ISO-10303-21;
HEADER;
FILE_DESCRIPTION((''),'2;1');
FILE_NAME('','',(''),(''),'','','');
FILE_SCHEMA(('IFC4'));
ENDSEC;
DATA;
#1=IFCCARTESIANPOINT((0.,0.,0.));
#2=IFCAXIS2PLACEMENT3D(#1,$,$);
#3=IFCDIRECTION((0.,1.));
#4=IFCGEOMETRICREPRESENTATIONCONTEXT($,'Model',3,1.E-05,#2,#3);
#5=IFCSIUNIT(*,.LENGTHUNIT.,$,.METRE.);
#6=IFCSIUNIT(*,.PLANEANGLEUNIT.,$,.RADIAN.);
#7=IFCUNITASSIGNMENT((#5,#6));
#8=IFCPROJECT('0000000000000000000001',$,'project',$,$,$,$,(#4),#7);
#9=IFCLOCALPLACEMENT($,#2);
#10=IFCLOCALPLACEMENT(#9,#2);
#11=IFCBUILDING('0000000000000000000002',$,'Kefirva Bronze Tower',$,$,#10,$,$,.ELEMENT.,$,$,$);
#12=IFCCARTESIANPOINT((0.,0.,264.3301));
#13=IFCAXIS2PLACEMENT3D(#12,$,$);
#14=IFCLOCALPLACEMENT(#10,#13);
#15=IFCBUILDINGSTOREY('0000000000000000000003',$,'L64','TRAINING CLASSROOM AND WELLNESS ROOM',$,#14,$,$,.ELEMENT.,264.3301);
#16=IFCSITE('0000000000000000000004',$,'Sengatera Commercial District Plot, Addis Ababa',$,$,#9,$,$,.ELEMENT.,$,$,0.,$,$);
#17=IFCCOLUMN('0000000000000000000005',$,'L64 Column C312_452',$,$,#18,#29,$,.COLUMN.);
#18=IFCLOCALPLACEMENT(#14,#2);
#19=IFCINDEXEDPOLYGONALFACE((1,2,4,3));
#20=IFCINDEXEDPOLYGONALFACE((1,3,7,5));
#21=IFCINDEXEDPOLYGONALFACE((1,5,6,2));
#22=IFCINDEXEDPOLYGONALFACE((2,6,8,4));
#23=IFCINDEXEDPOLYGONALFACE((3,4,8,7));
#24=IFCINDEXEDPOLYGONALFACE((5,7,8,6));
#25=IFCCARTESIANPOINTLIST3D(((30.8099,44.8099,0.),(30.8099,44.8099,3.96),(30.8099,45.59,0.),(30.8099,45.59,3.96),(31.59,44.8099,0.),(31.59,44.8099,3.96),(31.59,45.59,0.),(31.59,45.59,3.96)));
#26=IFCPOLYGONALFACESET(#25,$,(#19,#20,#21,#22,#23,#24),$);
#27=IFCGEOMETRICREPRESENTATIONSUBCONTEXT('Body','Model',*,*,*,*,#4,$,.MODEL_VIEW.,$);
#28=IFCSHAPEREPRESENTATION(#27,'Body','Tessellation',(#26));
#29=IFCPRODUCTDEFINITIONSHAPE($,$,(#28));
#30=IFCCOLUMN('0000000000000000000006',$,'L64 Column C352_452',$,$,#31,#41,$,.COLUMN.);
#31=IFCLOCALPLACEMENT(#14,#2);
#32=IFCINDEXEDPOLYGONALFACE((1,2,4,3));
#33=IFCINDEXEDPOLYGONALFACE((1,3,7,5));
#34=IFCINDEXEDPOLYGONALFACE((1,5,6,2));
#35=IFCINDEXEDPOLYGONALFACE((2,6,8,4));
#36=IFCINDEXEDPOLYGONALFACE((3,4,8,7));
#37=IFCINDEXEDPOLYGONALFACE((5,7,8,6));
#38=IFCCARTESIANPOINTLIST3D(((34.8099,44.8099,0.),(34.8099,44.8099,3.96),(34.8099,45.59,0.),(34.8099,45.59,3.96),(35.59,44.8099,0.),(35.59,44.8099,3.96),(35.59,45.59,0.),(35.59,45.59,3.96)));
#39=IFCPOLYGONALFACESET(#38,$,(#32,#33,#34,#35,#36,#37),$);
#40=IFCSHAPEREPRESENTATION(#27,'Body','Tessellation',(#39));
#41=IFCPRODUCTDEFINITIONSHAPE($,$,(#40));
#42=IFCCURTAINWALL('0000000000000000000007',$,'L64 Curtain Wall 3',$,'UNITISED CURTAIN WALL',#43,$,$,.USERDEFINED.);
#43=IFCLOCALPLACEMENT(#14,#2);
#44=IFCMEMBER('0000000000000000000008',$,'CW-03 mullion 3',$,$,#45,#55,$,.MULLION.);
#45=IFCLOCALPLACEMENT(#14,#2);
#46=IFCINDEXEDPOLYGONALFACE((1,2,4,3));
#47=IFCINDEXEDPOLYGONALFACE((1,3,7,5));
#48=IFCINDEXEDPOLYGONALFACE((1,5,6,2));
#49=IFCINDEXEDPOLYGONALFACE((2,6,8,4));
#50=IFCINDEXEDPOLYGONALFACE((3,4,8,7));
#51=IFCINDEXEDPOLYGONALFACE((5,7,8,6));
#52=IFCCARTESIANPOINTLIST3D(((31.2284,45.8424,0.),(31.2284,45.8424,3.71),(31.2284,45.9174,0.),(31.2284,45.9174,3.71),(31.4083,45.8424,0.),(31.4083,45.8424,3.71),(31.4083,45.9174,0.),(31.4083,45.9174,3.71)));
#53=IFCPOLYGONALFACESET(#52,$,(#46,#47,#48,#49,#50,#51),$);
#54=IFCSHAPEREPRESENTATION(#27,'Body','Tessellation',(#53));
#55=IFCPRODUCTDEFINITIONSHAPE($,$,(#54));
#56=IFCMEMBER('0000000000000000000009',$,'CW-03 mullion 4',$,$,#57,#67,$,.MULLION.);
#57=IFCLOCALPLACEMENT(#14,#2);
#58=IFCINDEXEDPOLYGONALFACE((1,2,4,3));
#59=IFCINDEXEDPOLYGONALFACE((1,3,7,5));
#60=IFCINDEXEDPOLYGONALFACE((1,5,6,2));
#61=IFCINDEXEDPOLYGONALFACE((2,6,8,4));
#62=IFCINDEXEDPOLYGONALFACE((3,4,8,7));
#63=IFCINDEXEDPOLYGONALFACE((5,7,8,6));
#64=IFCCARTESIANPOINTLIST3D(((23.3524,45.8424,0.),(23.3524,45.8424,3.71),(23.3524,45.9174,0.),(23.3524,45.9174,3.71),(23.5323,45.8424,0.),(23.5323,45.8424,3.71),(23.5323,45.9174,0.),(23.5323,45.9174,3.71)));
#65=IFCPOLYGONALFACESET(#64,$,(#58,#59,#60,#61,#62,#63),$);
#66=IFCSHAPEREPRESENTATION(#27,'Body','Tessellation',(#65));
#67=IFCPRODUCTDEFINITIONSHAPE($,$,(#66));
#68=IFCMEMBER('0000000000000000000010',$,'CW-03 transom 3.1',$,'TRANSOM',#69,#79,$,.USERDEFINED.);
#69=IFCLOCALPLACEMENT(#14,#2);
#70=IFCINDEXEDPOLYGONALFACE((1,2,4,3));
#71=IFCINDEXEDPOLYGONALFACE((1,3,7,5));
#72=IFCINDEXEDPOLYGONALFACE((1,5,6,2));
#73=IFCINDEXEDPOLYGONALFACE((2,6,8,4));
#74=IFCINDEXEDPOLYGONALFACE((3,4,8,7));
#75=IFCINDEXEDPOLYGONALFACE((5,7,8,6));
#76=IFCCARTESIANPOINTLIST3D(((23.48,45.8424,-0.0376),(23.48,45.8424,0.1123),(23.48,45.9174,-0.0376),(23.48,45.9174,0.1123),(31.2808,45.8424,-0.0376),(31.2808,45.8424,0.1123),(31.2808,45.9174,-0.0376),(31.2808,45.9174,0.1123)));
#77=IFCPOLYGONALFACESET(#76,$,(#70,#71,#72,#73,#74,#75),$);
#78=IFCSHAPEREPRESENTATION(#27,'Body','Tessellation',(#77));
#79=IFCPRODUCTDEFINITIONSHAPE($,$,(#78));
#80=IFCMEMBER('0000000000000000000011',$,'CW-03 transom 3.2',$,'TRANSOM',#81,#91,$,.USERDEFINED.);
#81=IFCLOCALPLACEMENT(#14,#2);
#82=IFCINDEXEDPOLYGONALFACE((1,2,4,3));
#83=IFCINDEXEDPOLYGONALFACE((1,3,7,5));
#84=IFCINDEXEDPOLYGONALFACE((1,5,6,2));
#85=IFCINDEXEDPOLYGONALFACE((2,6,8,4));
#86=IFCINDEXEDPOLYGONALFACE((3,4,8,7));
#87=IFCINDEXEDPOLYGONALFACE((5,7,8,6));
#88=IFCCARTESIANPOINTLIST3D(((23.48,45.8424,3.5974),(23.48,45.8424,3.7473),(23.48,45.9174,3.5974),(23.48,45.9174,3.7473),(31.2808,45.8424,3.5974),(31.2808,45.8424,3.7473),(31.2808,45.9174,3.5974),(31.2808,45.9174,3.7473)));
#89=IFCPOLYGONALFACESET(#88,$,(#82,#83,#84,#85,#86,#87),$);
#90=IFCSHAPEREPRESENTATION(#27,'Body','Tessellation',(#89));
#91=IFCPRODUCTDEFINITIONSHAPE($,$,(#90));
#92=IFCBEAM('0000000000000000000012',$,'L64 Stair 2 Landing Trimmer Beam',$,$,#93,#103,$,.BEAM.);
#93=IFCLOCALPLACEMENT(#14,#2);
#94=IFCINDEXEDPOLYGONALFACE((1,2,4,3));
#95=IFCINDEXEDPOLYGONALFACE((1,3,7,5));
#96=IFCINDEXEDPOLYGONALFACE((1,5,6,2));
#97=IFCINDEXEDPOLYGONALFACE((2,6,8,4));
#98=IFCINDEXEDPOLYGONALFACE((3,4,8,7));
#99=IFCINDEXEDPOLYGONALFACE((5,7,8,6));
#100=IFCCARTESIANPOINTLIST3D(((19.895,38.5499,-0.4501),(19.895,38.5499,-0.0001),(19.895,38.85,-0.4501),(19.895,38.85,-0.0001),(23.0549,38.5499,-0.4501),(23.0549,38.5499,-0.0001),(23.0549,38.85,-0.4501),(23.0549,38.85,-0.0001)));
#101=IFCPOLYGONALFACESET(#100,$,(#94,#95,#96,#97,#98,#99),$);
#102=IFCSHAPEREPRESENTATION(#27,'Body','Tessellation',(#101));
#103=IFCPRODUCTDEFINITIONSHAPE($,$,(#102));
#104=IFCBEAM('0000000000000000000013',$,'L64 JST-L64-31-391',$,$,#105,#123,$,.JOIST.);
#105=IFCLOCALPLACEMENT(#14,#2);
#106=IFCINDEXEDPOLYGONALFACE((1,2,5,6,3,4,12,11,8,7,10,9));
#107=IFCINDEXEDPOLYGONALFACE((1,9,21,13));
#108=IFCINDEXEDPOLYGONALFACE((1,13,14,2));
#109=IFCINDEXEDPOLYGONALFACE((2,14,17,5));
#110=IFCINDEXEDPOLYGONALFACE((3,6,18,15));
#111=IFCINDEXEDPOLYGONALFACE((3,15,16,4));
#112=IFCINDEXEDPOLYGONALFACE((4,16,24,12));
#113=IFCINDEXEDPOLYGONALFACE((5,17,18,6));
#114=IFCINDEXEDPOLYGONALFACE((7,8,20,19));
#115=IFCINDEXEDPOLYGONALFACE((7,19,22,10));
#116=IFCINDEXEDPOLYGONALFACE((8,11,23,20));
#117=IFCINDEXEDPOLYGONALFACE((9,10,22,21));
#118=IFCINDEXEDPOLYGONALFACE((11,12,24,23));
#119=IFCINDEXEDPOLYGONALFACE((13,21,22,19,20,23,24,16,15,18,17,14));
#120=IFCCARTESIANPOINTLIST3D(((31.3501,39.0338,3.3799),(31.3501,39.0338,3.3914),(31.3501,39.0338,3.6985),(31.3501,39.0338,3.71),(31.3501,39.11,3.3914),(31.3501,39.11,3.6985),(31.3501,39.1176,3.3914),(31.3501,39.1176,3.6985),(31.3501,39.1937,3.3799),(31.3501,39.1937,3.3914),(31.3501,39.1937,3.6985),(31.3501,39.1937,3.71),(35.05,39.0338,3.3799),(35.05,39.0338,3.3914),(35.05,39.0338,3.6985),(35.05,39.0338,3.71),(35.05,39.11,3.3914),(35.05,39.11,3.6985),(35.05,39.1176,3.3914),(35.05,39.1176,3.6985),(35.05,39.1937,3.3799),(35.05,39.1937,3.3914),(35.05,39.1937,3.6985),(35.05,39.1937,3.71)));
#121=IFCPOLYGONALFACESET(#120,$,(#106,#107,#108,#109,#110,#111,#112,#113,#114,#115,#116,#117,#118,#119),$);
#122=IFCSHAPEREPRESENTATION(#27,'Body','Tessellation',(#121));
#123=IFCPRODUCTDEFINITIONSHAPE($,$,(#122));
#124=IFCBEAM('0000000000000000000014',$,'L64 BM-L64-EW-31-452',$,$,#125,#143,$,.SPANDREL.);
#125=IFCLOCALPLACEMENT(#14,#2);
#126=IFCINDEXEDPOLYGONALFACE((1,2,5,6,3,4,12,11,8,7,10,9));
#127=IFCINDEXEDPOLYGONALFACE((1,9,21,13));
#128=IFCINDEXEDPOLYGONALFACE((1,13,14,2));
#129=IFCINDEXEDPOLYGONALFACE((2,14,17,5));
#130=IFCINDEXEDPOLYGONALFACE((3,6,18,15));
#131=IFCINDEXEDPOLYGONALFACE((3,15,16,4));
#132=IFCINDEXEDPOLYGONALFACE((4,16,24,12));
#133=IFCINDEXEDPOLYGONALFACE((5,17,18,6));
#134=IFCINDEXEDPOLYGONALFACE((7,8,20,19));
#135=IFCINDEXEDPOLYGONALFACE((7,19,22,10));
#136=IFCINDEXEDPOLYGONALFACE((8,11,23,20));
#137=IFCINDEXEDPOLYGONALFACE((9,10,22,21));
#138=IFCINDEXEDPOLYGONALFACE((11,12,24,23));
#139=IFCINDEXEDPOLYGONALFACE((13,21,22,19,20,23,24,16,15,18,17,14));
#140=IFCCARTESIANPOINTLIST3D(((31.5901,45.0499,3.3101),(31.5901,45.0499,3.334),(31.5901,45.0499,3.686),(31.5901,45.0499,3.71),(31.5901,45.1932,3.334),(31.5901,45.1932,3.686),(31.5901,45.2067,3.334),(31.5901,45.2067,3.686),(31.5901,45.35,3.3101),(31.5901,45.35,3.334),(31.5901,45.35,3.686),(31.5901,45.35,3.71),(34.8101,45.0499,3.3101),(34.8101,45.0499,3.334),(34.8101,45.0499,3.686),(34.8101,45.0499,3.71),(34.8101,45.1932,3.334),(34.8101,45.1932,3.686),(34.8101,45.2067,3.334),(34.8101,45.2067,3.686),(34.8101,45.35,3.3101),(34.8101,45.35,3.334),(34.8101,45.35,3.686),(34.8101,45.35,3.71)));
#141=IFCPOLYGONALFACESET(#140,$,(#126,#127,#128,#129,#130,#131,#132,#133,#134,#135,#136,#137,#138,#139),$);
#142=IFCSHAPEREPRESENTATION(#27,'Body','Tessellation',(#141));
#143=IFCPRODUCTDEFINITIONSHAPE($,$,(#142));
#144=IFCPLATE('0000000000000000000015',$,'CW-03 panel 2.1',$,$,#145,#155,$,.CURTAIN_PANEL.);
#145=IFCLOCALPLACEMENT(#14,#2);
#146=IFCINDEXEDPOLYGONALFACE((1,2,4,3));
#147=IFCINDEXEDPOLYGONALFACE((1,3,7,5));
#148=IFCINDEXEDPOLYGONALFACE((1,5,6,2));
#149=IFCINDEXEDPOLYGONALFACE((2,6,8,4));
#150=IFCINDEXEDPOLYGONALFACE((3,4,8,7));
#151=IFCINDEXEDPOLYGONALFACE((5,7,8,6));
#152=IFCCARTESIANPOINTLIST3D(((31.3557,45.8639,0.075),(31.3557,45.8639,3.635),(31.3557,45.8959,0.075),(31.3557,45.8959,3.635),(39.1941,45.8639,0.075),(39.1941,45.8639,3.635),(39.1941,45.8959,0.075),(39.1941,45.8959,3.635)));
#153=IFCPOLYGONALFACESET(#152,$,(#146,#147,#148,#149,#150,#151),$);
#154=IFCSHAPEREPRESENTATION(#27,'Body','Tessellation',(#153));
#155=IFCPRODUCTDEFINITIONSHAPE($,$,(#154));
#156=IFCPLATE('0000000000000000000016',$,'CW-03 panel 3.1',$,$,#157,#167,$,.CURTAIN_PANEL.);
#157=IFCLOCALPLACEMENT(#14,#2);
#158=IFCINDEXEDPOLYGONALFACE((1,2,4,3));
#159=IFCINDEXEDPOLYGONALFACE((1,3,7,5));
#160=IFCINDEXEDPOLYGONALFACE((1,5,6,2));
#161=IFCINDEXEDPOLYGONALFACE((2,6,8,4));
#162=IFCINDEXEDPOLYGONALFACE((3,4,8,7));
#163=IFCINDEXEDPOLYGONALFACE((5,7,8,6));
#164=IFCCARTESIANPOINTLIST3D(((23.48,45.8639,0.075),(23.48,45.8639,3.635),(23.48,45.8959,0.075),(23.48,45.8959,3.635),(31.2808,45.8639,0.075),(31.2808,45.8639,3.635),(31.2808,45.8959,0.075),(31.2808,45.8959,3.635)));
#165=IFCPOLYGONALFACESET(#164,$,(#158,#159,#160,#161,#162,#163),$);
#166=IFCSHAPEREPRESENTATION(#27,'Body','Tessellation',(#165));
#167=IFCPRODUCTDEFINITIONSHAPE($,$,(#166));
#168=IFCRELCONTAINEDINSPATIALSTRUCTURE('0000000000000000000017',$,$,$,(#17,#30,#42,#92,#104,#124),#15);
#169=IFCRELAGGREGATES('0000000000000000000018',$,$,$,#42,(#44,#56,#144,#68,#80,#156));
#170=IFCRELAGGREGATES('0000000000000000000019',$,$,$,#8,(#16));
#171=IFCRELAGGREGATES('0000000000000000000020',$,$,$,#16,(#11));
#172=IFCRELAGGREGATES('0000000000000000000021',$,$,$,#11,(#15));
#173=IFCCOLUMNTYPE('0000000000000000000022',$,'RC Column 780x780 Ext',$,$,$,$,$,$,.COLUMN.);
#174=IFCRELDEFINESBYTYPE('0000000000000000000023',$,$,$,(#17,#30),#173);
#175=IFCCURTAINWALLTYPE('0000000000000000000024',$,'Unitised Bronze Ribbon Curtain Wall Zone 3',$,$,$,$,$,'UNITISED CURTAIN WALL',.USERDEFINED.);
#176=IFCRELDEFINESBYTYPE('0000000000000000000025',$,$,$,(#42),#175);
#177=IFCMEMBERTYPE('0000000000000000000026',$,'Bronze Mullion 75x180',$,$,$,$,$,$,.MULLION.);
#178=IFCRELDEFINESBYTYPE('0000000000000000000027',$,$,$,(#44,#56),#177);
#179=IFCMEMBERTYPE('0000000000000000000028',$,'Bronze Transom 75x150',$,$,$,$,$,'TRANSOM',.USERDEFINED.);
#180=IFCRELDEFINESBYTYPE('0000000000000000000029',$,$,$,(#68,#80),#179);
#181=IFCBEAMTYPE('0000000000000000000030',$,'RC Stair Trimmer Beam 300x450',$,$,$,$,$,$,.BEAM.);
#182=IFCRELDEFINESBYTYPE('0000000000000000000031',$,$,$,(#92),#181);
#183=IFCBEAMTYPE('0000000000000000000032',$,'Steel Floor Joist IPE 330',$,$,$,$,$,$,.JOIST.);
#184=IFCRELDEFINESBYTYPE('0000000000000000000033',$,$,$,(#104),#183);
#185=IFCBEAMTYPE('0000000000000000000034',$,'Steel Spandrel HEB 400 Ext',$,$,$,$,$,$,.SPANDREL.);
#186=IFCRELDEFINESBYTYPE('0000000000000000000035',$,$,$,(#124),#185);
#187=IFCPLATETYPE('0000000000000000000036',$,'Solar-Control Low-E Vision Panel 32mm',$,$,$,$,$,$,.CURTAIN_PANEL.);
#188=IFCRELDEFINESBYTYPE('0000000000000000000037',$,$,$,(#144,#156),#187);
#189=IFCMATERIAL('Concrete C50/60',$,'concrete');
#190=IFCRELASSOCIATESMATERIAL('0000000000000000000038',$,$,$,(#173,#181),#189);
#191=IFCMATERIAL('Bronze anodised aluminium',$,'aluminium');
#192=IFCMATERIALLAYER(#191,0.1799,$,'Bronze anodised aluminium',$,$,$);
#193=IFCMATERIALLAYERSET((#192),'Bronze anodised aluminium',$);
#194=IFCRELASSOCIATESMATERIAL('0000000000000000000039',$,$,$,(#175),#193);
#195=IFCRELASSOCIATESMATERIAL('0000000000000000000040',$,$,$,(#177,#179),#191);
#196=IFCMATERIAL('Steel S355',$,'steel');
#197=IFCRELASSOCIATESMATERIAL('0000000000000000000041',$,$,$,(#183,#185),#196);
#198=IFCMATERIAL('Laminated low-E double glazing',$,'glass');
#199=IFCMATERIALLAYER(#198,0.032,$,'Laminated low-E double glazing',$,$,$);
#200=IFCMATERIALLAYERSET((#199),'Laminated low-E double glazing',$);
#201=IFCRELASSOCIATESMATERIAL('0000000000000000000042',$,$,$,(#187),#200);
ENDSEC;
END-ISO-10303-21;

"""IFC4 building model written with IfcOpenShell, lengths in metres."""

from ifc_helpers import new_model, si_unit, direction, frame, origin, origin_2d, place, context, subcontext, project, spatial, rectangle, i_section, extrude, material, layer, layer_set, material_profile, profile_set, type_object, element, aggregate, save


model = new_model("IFC4")

# Units and contexts
model_context = context("Model", 3, precision=1e-05, world=origin(), true_north=direction((0.0, 1.0)))
body_context = subcontext(model_context, "Body", "Model", "MODEL_VIEW")
ifc_project = project(units=[si_unit("LENGTHUNIT", "METRE"), si_unit("PLANEANGLEUNIT", "RADIAN")], contexts=[model_context])

# Site, building, storey
site_placement = place(None, origin())
site = spatial("IfcSite", under=ifc_project, at=site_placement, Name="Sengatera Commercial District Plot, Addis Ababa", CompositionType="ELEMENT", RefElevation=0.0)
building_placement = place(site_placement, origin())
building = spatial("IfcBuilding", under=site, at=building_placement, Name="Kefirva Bronze Tower", CompositionType="ELEMENT")
storey_placement = place(building_placement, frame((0.0, 0.0, 264.3301)))
storey = spatial("IfcBuildingStorey", under=building, at=storey_placement, Name="L64", Description="TRAINING CLASSROOM AND WELLNESS ROOM", CompositionType="ELEMENT", Elevation=264.3301)

# Columns
ifc_material_1 = material(Name="Concrete C50/60", Category="concrete")
ifc_material_profile_1 = material_profile(ifc_material_1, rectangle(XDim=0.78, YDim=0.78, at=origin_2d()), Name="RC 780x780")
ifc_profile_set_1 = profile_set([ifc_material_profile_1], Name="Concrete C50/60")
column_type = type_object("IfcColumnType", Name="RC Column 780x780 Ext", PredefinedType="COLUMN", material=ifc_profile_set_1)
for number, where, z_axis, x_axis, name in (
    (1, (31.2, 45.2, 0.0), (0.0, 0.0, 1.0), (1.0, 0.0, 0.0), "L64 Column C312_452"),
    (2, (35.2, 45.2, 0.0), (0.0, 0.0, 1.0), (1.0, 0.0, 0.0), "L64 Column C352_452"),
):
    element("IfcColumn", number, at=place(storey_placement, frame(where, z_axis=z_axis, x_axis=x_axis)), inside=storey, type_object=column_type, Name=name, PredefinedType="COLUMN", context=body_context, shape_type="SweptSolid", body=[
        extrude(rectangle(XDim=0.78, YDim=0.78, at=origin_2d()), origin(), (0.0, 0.0, 1.0), 3.96),
    ])

# Curtain wall, members
ifc_material_2 = material(Name="Bronze anodised aluminium", Category="aluminium")
ifc_layer_1 = layer(ifc_material_2, 0.1799, Name="Bronze anodised aluminium")
ifc_layer_set_1 = layer_set([ifc_layer_1], Name="Bronze anodised aluminium")
curtain_wall_type = type_object("IfcCurtainWallType", Name="Unitised Bronze Ribbon Curtain Wall Zone 3", ElementType="UNITISED CURTAIN WALL", PredefinedType="USERDEFINED", material=ifc_layer_set_1)
curtain_wall_placement = place(storey_placement, origin())
curtain_wall = element("IfcCurtainWall", 3, at=curtain_wall_placement, inside=storey, type_object=curtain_wall_type, Name="L64 Curtain Wall 3", ObjectType="UNITISED CURTAIN WALL", PredefinedType="USERDEFINED")
ifc_material_profile_2 = material_profile(ifc_material_2, rectangle(XDim=0.075, YDim=0.1799, at=origin_2d()), Name="ALU 75x180")
ifc_profile_set_2 = profile_set([ifc_material_profile_2], Name="Bronze anodised aluminium")
member_type_1 = type_object("IfcMemberType", Name="Bronze Mullion 75x180", PredefinedType="MULLION", material=ifc_profile_set_2)
member_1_placement = place(storey_placement, frame((31.3184, 45.8799, 0.0), z_axis=(0.0, 0.0, 1.0), x_axis=(0.0, -1.0, 0.0)))
member_1 = element("IfcMember", 4, at=member_1_placement, type_object=member_type_1, Name="CW-03 mullion 3", PredefinedType="MULLION", context=body_context, shape_type="SweptSolid", body=[
    extrude(rectangle(XDim=0.075, YDim=0.1799, at=origin_2d()), origin(), (0.0, 0.0, 1.0), 3.71),
])
member_2_placement = place(storey_placement, frame((23.4424, 45.8799, 0.0), z_axis=(0.0, 0.0, 1.0), x_axis=(0.0, -1.0, 0.0)))
member_2 = element("IfcMember", 5, at=member_2_placement, type_object=member_type_1, Name="CW-03 mullion 4", PredefinedType="MULLION", context=body_context, shape_type="SweptSolid", body=[
    extrude(rectangle(XDim=0.075, YDim=0.1799, at=origin_2d()), origin(), (0.0, 0.0, 1.0), 3.71),
])
ifc_material_profile_3 = material_profile(ifc_material_2, rectangle(XDim=0.075, YDim=0.1499, at=origin_2d()), Name="ALU 75x150")
ifc_profile_set_3 = profile_set([ifc_material_profile_3], Name="Bronze anodised aluminium")
member_type_2 = type_object("IfcMemberType", Name="Bronze Transom 75x150", ElementType="TRANSOM", PredefinedType="USERDEFINED", material=ifc_profile_set_3)
member_3_placement = place(storey_placement, frame((31.2808, 45.8799, 0.0374), z_axis=(-1.0, 0.0, 0.0), x_axis=(0.0, -1.0, 0.0)))
member_3 = element("IfcMember", 6, at=member_3_placement, type_object=member_type_2, Name="CW-03 transom 3.1", ObjectType="TRANSOM", PredefinedType="USERDEFINED", context=body_context, shape_type="SweptSolid", body=[
    extrude(rectangle(XDim=0.075, YDim=0.1499, at=origin_2d()), origin(), (0.0, 0.0, 1.0), 7.8008),
])
member_4_placement = place(storey_placement, frame((31.2808, 45.8799, 3.6724), z_axis=(-1.0, 0.0, 0.0), x_axis=(0.0, -1.0, 0.0)))
member_4 = element("IfcMember", 7, at=member_4_placement, type_object=member_type_2, Name="CW-03 transom 3.2", ObjectType="TRANSOM", PredefinedType="USERDEFINED", context=body_context, shape_type="SweptSolid", body=[
    extrude(rectangle(XDim=0.075, YDim=0.1499, at=origin_2d()), origin(), (0.0, 0.0, 1.0), 7.8008),
])

# Beams
ifc_material_profile_4 = material_profile(ifc_material_1, rectangle(XDim=0.3, YDim=0.45, at=origin_2d()), Name="RC 300x450")
ifc_profile_set_4 = profile_set([ifc_material_profile_4], Name="Concrete C50/60")
beam_type_1 = type_object("IfcBeamType", Name="RC Stair Trimmer Beam 300x450", PredefinedType="BEAM", material=ifc_profile_set_4)
beam_1_placement = place(storey_placement, frame((19.895, 38.7, -0.2251), z_axis=(1.0, 0.0, 0.0), x_axis=(0.0, 1.0, 0.0)))
element("IfcBeam", 8, at=beam_1_placement, inside=storey, type_object=beam_type_1, Name="L64 Stair 2 Landing Trimmer Beam", PredefinedType="BEAM", context=body_context, shape_type="SweptSolid", body=[
    extrude(rectangle(XDim=0.3, YDim=0.45, at=origin_2d()), origin(), (0.0, 0.0, 1.0), 3.1599),
])
ifc_material_3 = material(Name="Steel S355", Category="steel")
ifc_material_profile_5 = material_profile(ifc_material_3, i_section(OverallWidth=0.1599, OverallDepth=0.3301, WebThickness=0.0076, FlangeThickness=0.0115, at=origin_2d()), Name="IPE 330")
ifc_profile_set_5 = profile_set([ifc_material_profile_5], Name="Steel S355")
beam_type_2 = type_object("IfcBeamType", Name="Steel Floor Joist IPE 330", PredefinedType="JOIST", material=ifc_profile_set_5)
beam_2_placement = place(storey_placement, frame((31.3501, 39.1138, 3.5449), z_axis=(1.0, 0.0, 0.0), x_axis=(0.0, 1.0, 0.0)))
element("IfcBeam", 9, at=beam_2_placement, inside=storey, type_object=beam_type_2, Name="L64 JST-L64-31-391", PredefinedType="JOIST", context=body_context, shape_type="SweptSolid", body=[
    extrude(i_section(OverallWidth=0.1599, OverallDepth=0.3301, WebThickness=0.0076, FlangeThickness=0.0115, at=origin_2d()), origin(), (0.0, 0.0, 1.0), 3.7),
])
ifc_material_profile_6 = material_profile(ifc_material_3, i_section(OverallWidth=0.3, OverallDepth=0.3999, WebThickness=0.0134, FlangeThickness=0.0239, at=origin_2d()), Name="HEB 400")
ifc_profile_set_6 = profile_set([ifc_material_profile_6], Name="Steel S355")
beam_type_3 = type_object("IfcBeamType", Name="Steel Spandrel HEB 400 Ext", PredefinedType="SPANDREL", material=ifc_profile_set_6)
beam_3_placement = place(storey_placement, frame((31.5901, 45.2, 3.51), z_axis=(1.0, 0.0, 0.0), x_axis=(0.0, 1.0, 0.0)))
element("IfcBeam", 10, at=beam_3_placement, inside=storey, type_object=beam_type_3, Name="L64 BM-L64-EW-31-452", PredefinedType="SPANDREL", context=body_context, shape_type="SweptSolid", body=[
    extrude(i_section(OverallWidth=0.3, OverallDepth=0.3999, WebThickness=0.0134, FlangeThickness=0.0239, at=origin_2d()), origin(), (0.0, 0.0, 1.0), 3.22),
])

# Plates
ifc_material_4 = material(Name="Laminated low-E double glazing", Category="glass")
ifc_layer_2 = layer(ifc_material_4, 0.032, Name="Laminated low-E double glazing")
ifc_layer_set_2 = layer_set([ifc_layer_2], Name="Laminated low-E double glazing")
plate_type = type_object("IfcPlateType", Name="Solar-Control Low-E Vision Panel 32mm", PredefinedType="CURTAIN_PANEL", material=ifc_layer_set_2)
plate_1_placement = place(storey_placement, frame((35.2749, 45.8799, 0.075), z_axis=(0.0, 0.0, 1.0), x_axis=(-1.0, 0.0, 0.0)))
plate_1 = element("IfcPlate", 11, at=plate_1_placement, type_object=plate_type, Name="CW-03 panel 2.1", PredefinedType="CURTAIN_PANEL", context=body_context, shape_type="SweptSolid", body=[
    extrude(rectangle(XDim=7.8384, YDim=0.032, at=origin_2d()), origin(), (0.0, 0.0, 1.0), 3.5601),
])
plate_2_placement = place(storey_placement, frame((27.3804, 45.8799, 0.075), z_axis=(0.0, 0.0, 1.0), x_axis=(-1.0, 0.0, 0.0)))
plate_2 = element("IfcPlate", 12, at=plate_2_placement, type_object=plate_type, Name="CW-03 panel 3.1", PredefinedType="CURTAIN_PANEL", context=body_context, shape_type="SweptSolid", body=[
    extrude(rectangle(XDim=7.8008, YDim=0.032, at=origin_2d()), origin(), (0.0, 0.0, 1.0), 3.5601),
])
aggregate(curtain_wall, [member_1, member_2, plate_1, member_3, member_4, plate_2])

save(model, "model.ifc")
